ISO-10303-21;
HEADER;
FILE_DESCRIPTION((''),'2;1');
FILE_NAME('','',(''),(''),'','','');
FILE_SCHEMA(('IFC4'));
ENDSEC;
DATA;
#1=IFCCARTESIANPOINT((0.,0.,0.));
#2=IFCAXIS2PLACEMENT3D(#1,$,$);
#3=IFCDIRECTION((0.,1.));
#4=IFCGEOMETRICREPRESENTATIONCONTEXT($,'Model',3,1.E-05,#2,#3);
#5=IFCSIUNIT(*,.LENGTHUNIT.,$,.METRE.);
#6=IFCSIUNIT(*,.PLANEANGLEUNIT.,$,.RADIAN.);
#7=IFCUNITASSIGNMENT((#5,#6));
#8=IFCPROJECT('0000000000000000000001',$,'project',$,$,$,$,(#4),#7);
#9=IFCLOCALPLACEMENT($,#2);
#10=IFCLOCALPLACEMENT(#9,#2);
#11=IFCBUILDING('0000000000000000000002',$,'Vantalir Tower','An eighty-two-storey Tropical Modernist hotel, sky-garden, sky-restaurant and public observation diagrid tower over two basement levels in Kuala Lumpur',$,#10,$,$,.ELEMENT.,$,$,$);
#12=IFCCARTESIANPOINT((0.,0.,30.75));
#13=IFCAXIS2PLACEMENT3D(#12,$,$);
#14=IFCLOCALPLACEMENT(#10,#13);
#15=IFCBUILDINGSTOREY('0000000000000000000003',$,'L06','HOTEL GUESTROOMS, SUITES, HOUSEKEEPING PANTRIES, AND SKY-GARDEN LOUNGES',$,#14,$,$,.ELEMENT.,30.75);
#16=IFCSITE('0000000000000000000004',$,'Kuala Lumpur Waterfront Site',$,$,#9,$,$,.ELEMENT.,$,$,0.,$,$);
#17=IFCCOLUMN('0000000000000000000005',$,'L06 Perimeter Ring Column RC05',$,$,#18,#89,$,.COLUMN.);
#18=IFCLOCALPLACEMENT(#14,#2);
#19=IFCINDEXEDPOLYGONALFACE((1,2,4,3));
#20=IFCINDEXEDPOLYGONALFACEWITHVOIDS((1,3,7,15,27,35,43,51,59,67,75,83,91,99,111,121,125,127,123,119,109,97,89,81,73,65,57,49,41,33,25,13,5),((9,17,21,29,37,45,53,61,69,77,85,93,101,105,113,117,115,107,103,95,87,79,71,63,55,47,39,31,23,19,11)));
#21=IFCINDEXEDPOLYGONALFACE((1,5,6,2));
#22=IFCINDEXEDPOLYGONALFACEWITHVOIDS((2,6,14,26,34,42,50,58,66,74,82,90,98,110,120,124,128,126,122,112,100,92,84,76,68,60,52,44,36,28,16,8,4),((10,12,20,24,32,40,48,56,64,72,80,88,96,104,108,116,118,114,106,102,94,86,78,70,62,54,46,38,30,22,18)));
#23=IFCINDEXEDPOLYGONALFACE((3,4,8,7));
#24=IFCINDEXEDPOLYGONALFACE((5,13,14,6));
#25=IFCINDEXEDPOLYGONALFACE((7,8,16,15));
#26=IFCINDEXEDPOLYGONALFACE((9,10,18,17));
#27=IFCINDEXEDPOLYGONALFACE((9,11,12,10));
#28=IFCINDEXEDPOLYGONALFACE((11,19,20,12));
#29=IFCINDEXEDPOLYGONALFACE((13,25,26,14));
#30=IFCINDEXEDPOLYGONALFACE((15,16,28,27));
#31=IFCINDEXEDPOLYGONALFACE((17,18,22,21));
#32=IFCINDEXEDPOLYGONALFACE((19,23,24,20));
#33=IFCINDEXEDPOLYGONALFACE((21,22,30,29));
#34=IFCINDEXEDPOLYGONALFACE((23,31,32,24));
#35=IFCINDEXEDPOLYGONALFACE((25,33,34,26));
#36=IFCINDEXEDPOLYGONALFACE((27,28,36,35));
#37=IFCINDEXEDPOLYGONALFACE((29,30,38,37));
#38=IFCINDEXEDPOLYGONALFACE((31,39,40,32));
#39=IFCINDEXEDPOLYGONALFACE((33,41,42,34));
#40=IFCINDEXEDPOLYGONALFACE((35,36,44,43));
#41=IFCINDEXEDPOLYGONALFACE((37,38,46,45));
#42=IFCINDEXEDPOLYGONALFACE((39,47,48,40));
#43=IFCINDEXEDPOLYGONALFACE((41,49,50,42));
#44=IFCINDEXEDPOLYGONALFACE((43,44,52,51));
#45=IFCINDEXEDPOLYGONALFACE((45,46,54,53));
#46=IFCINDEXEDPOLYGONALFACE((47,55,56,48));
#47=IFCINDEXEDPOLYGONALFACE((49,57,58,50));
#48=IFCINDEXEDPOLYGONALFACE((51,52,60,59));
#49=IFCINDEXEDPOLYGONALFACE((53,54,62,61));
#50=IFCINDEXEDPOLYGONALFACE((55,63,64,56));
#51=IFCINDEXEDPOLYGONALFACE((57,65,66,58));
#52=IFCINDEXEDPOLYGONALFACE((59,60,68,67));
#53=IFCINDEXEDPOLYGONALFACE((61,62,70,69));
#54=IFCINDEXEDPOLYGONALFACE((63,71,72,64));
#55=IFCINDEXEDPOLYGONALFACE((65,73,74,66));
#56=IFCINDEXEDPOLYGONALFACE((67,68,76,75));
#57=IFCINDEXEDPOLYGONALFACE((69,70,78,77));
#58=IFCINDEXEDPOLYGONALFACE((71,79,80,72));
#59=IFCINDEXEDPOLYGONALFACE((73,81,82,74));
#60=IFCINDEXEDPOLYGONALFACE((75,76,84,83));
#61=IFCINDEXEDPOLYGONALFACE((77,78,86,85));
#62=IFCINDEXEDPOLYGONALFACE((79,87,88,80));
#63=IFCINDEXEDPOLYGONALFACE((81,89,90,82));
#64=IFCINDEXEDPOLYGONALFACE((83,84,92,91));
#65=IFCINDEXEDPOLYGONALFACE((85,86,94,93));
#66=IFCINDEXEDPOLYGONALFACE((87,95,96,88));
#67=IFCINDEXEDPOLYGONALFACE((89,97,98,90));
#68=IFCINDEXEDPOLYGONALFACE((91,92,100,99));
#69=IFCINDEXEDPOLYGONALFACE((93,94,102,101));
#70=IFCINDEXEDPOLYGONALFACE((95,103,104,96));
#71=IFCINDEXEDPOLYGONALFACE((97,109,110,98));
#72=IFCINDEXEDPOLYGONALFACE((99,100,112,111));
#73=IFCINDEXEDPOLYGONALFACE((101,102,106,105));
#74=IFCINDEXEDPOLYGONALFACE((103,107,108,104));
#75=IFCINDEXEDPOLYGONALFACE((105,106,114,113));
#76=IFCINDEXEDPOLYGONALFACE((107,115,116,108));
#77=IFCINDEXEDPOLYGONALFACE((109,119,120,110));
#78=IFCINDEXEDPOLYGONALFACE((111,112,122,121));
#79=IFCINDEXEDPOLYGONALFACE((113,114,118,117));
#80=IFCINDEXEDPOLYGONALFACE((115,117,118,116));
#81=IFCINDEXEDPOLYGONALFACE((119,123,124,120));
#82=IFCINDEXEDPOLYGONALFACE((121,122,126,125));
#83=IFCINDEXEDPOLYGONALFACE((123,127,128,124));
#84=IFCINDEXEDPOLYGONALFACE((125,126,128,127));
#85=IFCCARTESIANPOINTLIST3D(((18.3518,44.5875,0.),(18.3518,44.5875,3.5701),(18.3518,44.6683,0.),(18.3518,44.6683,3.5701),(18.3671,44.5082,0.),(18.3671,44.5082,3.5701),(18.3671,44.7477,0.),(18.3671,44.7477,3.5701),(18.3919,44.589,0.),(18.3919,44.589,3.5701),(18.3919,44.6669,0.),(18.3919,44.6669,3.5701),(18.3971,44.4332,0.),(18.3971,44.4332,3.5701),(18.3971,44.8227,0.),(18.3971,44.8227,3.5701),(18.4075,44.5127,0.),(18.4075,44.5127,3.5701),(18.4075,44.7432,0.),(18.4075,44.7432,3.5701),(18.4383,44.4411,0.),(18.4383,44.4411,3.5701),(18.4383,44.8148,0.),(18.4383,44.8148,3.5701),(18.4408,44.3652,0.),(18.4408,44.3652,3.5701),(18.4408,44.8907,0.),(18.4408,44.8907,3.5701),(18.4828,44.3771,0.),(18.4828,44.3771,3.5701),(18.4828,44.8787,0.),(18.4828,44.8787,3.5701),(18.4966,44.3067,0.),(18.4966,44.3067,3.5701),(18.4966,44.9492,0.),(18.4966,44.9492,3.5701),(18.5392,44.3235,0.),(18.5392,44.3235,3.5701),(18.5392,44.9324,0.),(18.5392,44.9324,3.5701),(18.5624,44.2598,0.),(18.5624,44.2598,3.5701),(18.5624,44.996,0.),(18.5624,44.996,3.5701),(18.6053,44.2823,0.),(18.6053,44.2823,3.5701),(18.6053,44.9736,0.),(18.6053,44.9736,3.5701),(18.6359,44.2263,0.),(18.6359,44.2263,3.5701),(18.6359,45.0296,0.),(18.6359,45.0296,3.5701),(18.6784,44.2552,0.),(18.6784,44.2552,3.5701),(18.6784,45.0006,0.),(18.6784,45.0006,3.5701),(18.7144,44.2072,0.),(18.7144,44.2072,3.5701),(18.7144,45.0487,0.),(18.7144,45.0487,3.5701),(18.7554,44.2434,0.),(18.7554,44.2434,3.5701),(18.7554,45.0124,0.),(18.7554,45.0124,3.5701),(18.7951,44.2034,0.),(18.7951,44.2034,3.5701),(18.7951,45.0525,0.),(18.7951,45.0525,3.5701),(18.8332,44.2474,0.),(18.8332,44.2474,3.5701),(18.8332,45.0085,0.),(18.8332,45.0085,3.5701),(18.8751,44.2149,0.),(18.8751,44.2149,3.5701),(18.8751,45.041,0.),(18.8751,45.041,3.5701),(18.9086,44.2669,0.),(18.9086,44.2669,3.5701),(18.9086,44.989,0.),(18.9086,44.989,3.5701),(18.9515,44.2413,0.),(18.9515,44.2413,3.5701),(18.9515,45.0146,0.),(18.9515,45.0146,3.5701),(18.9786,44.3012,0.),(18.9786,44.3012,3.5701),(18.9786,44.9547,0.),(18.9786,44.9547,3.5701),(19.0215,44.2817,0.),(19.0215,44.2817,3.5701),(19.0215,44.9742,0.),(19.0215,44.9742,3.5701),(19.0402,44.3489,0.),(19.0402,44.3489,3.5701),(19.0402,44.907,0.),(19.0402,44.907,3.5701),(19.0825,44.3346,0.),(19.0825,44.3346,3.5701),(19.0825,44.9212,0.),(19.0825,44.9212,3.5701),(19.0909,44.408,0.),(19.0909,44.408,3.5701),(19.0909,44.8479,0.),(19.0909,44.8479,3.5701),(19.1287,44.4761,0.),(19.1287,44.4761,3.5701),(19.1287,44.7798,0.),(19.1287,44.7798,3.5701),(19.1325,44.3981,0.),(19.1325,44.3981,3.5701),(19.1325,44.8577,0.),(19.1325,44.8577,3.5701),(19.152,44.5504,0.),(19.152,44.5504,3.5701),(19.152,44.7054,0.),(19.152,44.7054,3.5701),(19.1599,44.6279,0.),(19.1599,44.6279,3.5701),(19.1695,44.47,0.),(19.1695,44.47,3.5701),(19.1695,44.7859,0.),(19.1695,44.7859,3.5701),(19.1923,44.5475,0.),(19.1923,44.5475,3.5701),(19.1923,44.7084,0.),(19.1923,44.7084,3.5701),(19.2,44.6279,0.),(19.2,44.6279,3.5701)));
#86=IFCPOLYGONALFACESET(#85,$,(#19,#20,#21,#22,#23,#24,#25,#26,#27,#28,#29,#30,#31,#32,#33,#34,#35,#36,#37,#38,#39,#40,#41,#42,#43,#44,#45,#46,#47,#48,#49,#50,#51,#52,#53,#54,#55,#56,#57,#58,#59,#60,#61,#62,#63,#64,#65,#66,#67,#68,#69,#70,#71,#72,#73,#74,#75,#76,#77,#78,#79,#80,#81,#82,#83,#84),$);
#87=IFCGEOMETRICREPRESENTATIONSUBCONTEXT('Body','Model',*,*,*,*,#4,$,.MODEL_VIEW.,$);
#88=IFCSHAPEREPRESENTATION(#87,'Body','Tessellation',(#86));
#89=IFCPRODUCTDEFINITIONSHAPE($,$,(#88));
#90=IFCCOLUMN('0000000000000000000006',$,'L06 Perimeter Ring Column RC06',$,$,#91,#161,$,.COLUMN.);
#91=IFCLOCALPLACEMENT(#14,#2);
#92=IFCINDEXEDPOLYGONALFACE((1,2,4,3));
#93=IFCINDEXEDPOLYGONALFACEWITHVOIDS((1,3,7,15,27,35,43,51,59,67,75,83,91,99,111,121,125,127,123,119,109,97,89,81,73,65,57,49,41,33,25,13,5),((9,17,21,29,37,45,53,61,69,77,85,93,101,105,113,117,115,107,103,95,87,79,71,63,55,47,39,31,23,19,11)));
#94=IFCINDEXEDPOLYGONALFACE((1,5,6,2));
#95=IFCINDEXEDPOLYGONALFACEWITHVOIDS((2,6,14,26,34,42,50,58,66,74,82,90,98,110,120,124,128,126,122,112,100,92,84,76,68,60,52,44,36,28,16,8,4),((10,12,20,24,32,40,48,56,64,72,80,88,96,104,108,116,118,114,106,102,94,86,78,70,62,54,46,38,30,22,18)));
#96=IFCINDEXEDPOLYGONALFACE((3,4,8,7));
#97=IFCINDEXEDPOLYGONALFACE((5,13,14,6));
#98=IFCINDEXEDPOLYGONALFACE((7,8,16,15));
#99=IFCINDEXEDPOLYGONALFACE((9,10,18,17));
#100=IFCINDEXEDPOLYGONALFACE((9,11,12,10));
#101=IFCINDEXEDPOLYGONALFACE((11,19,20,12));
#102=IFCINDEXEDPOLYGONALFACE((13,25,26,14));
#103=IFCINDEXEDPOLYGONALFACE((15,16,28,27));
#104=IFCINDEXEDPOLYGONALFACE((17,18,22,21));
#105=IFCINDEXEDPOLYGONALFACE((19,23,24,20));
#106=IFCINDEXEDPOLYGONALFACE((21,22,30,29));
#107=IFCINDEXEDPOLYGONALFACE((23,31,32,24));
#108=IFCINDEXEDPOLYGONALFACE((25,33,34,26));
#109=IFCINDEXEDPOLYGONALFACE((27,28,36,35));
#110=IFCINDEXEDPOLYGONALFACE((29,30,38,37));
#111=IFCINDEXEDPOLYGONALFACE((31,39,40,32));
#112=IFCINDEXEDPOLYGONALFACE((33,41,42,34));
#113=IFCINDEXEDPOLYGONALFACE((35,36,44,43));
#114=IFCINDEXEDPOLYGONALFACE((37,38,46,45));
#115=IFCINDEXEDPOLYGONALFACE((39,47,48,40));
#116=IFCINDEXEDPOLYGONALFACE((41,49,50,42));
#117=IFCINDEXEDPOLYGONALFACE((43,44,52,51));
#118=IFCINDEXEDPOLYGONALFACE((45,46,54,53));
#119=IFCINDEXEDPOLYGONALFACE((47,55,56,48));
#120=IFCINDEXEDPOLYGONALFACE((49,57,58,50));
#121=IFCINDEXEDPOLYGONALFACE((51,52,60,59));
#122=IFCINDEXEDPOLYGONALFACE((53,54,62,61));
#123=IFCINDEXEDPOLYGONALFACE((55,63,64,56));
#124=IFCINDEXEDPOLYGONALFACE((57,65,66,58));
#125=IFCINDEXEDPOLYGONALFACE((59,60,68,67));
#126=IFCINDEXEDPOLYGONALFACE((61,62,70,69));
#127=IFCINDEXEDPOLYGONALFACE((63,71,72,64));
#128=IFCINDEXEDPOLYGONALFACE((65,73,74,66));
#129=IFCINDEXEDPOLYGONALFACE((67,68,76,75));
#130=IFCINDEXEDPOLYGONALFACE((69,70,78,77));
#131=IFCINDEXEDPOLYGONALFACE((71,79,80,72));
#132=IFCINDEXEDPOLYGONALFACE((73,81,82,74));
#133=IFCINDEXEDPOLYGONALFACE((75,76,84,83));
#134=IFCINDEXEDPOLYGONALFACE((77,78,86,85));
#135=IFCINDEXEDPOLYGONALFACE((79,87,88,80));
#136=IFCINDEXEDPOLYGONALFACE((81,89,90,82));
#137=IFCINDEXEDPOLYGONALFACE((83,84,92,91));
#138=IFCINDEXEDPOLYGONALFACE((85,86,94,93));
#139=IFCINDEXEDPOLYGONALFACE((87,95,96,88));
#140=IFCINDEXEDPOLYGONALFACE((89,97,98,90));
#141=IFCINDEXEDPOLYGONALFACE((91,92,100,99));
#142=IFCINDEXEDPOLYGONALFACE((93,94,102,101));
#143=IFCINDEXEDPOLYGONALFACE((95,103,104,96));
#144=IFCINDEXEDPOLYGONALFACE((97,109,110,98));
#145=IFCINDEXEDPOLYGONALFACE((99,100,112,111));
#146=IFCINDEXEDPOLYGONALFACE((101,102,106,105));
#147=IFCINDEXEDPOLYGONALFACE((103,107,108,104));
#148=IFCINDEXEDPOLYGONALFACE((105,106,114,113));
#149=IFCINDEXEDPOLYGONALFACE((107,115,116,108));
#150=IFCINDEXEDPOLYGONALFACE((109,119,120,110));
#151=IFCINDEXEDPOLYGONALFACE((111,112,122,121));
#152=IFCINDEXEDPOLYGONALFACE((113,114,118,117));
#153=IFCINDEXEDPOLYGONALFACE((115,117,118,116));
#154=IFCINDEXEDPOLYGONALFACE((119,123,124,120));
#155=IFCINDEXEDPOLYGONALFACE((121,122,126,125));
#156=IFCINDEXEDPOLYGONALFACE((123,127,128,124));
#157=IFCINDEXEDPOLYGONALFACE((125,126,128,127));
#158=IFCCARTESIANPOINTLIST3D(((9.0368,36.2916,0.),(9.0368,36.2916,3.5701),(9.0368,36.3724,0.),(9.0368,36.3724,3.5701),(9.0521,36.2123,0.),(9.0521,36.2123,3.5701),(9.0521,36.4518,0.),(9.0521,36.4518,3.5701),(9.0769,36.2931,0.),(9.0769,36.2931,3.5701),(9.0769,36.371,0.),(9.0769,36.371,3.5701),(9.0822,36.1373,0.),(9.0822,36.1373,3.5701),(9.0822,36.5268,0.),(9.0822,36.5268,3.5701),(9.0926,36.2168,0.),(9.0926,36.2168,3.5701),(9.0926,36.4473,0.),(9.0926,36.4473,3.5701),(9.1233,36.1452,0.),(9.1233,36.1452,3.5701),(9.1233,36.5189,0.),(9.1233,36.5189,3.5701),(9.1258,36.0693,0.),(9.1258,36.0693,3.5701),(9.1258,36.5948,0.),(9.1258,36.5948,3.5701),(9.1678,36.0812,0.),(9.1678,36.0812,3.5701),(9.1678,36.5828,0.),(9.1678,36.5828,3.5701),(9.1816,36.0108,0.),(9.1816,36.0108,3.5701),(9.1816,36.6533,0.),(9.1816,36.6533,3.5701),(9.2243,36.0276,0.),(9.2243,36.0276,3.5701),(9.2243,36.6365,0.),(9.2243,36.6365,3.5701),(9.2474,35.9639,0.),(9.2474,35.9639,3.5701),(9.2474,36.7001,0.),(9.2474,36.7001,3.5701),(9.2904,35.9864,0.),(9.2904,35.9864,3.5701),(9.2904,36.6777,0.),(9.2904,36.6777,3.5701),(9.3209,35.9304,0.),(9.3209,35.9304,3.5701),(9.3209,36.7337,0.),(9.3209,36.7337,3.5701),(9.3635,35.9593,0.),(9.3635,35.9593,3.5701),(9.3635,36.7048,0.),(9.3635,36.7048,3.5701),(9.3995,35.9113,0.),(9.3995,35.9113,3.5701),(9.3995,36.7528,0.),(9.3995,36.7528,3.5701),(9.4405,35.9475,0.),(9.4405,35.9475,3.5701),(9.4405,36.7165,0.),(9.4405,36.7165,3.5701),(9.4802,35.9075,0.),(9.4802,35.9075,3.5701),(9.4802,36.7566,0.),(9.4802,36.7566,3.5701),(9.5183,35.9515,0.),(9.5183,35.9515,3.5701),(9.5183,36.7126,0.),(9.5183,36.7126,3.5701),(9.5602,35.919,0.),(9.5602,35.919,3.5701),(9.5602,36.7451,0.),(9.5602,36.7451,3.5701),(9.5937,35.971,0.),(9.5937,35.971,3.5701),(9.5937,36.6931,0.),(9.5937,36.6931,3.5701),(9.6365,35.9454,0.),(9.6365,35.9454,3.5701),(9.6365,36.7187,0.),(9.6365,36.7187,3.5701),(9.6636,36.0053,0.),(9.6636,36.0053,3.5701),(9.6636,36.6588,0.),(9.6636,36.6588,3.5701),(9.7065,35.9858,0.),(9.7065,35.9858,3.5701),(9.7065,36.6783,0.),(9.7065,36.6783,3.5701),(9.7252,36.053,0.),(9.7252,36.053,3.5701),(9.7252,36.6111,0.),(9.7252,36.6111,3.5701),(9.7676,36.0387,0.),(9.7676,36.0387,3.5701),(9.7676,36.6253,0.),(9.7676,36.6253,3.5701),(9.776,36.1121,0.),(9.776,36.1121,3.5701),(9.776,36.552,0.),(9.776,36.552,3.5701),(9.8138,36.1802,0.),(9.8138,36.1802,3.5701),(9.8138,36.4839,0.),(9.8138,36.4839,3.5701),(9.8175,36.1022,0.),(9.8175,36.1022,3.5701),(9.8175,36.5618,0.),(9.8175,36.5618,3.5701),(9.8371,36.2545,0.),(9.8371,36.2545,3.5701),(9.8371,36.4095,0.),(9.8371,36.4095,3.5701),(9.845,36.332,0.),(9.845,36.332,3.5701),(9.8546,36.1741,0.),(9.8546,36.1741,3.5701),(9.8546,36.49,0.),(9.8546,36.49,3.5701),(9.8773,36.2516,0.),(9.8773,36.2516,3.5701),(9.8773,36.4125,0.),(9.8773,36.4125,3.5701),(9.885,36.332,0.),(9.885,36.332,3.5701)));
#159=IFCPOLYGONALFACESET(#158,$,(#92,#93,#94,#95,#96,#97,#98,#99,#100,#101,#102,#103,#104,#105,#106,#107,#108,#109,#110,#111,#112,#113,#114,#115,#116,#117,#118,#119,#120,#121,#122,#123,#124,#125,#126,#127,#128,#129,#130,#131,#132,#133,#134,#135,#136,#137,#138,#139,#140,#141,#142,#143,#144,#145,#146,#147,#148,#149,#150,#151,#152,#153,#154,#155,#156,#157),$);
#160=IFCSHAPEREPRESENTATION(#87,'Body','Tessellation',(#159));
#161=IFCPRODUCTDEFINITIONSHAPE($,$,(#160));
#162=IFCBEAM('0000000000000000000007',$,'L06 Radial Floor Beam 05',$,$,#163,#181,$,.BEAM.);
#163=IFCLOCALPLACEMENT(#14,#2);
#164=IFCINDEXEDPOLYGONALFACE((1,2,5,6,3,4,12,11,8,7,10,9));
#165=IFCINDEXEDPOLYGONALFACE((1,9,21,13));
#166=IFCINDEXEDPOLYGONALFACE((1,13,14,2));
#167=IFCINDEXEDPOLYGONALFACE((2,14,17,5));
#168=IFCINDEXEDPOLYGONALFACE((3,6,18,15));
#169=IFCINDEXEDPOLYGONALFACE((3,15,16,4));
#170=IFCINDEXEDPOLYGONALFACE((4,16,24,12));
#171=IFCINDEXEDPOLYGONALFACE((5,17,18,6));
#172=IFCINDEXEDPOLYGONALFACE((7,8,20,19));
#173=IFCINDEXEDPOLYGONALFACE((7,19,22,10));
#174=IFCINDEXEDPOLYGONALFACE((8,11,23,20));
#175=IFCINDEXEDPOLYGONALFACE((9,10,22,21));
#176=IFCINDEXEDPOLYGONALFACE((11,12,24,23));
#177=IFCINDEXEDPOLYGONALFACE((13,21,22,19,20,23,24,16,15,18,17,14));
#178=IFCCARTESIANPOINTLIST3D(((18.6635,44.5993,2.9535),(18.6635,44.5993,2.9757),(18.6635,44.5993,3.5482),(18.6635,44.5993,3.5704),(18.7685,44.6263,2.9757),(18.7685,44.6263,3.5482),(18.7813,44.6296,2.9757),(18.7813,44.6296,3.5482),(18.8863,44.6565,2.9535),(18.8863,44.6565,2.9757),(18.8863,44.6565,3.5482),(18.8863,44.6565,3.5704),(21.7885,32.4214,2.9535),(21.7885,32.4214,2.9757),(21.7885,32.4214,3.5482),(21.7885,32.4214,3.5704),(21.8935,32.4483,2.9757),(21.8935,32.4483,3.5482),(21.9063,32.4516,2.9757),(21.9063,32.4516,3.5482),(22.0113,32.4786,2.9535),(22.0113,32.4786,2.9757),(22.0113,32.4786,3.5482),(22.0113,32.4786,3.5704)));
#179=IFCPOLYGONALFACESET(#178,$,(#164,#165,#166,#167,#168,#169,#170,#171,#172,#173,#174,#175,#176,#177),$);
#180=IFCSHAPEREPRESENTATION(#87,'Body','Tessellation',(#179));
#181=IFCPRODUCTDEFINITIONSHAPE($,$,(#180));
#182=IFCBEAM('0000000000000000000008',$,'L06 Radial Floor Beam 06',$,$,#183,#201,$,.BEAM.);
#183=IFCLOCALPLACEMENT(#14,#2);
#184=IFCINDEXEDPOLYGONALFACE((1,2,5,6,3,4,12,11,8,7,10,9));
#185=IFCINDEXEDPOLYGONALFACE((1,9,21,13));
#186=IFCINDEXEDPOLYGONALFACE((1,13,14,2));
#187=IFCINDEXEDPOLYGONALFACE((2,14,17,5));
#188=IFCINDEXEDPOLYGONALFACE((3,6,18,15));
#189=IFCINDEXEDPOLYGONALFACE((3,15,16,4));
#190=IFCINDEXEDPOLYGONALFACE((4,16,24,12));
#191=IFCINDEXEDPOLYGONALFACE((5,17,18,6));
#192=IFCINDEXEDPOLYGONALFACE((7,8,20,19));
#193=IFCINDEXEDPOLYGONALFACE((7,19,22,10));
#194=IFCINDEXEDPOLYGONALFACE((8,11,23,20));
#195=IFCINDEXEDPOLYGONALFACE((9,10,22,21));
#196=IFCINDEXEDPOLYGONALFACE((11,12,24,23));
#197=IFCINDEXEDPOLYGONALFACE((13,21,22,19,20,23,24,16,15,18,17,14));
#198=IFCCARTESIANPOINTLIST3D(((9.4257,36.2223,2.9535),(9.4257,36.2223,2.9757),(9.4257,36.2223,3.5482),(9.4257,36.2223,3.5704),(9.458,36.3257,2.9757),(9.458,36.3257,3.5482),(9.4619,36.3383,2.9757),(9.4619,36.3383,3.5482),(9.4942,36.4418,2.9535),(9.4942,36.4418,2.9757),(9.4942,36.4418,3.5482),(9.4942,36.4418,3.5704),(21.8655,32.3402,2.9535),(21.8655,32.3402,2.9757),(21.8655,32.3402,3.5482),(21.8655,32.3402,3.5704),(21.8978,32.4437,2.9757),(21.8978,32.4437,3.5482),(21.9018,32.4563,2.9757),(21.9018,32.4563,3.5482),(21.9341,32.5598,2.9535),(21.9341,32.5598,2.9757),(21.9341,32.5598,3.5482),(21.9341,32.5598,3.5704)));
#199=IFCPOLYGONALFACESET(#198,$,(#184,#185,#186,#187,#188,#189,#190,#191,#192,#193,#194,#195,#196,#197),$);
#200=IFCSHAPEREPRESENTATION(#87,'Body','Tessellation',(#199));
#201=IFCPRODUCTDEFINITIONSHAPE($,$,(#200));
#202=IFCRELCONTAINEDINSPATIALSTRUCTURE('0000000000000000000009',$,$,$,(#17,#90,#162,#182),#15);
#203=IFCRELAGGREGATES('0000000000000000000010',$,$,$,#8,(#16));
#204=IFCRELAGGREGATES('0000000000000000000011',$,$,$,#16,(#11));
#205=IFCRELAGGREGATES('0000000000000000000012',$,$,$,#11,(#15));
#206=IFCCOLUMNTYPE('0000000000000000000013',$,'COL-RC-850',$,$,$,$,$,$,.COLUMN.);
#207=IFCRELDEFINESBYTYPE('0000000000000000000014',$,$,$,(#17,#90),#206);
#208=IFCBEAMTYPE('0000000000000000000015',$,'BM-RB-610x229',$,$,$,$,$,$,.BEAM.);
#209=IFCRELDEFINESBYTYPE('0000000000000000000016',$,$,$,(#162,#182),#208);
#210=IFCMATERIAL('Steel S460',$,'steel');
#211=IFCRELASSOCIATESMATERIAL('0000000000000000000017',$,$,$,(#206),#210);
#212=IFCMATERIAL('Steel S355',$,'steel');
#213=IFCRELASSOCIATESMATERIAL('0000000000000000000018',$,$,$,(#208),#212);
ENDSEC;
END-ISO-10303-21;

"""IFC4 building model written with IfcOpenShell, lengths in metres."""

from ifc_helpers import new_model, si_unit, direction, frame, origin, origin_2d, place, context, subcontext, project, spatial, hollow_circle, i_section, extrude, material, material_profile, profile_set, type_object, element, save


model = new_model("IFC4")

# Units and contexts
model_context = context("Model", 3, precision=1e-05, world=origin(), true_north=direction((0.0, 1.0)))
body_context = subcontext(model_context, "Body", "Model", "MODEL_VIEW")
ifc_project = project(units=[si_unit("LENGTHUNIT", "METRE"), si_unit("PLANEANGLEUNIT", "RADIAN")], contexts=[model_context])

# Site, building, storey
site_placement = place(None, origin())
site = spatial("IfcSite", under=ifc_project, at=site_placement, Name="Kuala Lumpur Waterfront Site", CompositionType="ELEMENT", RefElevation=0.0)
building_placement = place(site_placement, origin())
building = spatial("IfcBuilding", under=site, at=building_placement, Name="Vantalir Tower", Description="An eighty-two-storey Tropical Modernist hotel, sky-garden, sky-restaurant and public observation diagrid tower over two basement levels in Kuala Lumpur", CompositionType="ELEMENT")
storey_placement = place(building_placement, frame((0.0, 0.0, 30.75)))
storey = spatial("IfcBuildingStorey", under=building, at=storey_placement, Name="L06", Description="HOTEL GUESTROOMS, SUITES, HOUSEKEEPING PANTRIES, AND SKY-GARDEN LOUNGES", CompositionType="ELEMENT", Elevation=30.75)

# Columns
ifc_material_1 = material(Name="Steel S460", Category="steel")
ifc_material_profile_1 = material_profile(ifc_material_1, hollow_circle(Radius=0.425, WallThickness=0.04, at=origin_2d()), Name="Steel S460")
ifc_profile_set_1 = profile_set([ifc_material_profile_1], Name="Steel S460")
column_type = type_object("IfcColumnType", Name="COL-RC-850", PredefinedType="COLUMN", material=ifc_profile_set_1)
for number, where, z_axis, x_axis, name in (
    (1, (18.7749, 44.6279, 0.0), (0.0, 0.0, 1.0), (1.0, 0.0, 0.0), "L06 Perimeter Ring Column RC05"),
    (2, (9.46, 36.332, 0.0), (0.0, 0.0, 1.0), (1.0, 0.0, 0.0), "L06 Perimeter Ring Column RC06"),
):
    element("IfcColumn", number, at=place(storey_placement, frame(where, z_axis=z_axis, x_axis=x_axis)), inside=storey, type_object=column_type, Name=name, PredefinedType="COLUMN", context=body_context, shape_type="SweptSolid", body=[
        extrude(hollow_circle(Radius=0.425, WallThickness=0.04, at=origin_2d()), origin(), (0.0, 0.0, 1.0), 3.5701),
    ])

# Beams
ifc_material_2 = material(Name="Steel S355", Category="steel")
ifc_material_profile_2 = material_profile(ifc_material_2, i_section(OverallWidth=0.23, OverallDepth=0.6169, WebThickness=0.0132, FlangeThickness=0.0222, at=origin_2d()), Name="Steel S355")
ifc_profile_set_2 = profile_set([ifc_material_profile_2], Name="Steel S355")
beam_type_1 = type_object("IfcBeamType", Name="BM-RB-610x229", PredefinedType="BEAM", material=ifc_profile_set_2)
beam_1_placement = place(storey_placement, frame((18.7749, 44.6279, 3.262), z_axis=(0.248558, -0.968617, 0.0), x_axis=(0.968617, 0.248558, 0.0)))
element("IfcBeam", 3, at=beam_1_placement, inside=storey, type_object=beam_type_1, Name="L06 Radial Floor Beam 05", PredefinedType="BEAM", context=body_context, shape_type="SweptSolid", body=[
    extrude(i_section(OverallWidth=0.23, OverallDepth=0.6169, WebThickness=0.0132, FlangeThickness=0.0222, at=origin_2d()), origin(), (0.0, 0.0, 1.0), 12.5725),
])
beam_2_placement = place(storey_placement, frame((9.46, 36.332, 3.262), z_axis=(0.954598, -0.297897, 0.0), x_axis=(0.297897, 0.954598, 0.0)))
element("IfcBeam", 4, at=beam_2_placement, inside=storey, type_object=beam_type_1, Name="L06 Radial Floor Beam 06", PredefinedType="BEAM", context=body_context, shape_type="SweptSolid", body=[
    extrude(i_section(OverallWidth=0.23, OverallDepth=0.6169, WebThickness=0.0132, FlangeThickness=0.0222, at=origin_2d()), origin(), (0.0, 0.0, 1.0), 13.0315),
])

save(model, "model.ifc")
